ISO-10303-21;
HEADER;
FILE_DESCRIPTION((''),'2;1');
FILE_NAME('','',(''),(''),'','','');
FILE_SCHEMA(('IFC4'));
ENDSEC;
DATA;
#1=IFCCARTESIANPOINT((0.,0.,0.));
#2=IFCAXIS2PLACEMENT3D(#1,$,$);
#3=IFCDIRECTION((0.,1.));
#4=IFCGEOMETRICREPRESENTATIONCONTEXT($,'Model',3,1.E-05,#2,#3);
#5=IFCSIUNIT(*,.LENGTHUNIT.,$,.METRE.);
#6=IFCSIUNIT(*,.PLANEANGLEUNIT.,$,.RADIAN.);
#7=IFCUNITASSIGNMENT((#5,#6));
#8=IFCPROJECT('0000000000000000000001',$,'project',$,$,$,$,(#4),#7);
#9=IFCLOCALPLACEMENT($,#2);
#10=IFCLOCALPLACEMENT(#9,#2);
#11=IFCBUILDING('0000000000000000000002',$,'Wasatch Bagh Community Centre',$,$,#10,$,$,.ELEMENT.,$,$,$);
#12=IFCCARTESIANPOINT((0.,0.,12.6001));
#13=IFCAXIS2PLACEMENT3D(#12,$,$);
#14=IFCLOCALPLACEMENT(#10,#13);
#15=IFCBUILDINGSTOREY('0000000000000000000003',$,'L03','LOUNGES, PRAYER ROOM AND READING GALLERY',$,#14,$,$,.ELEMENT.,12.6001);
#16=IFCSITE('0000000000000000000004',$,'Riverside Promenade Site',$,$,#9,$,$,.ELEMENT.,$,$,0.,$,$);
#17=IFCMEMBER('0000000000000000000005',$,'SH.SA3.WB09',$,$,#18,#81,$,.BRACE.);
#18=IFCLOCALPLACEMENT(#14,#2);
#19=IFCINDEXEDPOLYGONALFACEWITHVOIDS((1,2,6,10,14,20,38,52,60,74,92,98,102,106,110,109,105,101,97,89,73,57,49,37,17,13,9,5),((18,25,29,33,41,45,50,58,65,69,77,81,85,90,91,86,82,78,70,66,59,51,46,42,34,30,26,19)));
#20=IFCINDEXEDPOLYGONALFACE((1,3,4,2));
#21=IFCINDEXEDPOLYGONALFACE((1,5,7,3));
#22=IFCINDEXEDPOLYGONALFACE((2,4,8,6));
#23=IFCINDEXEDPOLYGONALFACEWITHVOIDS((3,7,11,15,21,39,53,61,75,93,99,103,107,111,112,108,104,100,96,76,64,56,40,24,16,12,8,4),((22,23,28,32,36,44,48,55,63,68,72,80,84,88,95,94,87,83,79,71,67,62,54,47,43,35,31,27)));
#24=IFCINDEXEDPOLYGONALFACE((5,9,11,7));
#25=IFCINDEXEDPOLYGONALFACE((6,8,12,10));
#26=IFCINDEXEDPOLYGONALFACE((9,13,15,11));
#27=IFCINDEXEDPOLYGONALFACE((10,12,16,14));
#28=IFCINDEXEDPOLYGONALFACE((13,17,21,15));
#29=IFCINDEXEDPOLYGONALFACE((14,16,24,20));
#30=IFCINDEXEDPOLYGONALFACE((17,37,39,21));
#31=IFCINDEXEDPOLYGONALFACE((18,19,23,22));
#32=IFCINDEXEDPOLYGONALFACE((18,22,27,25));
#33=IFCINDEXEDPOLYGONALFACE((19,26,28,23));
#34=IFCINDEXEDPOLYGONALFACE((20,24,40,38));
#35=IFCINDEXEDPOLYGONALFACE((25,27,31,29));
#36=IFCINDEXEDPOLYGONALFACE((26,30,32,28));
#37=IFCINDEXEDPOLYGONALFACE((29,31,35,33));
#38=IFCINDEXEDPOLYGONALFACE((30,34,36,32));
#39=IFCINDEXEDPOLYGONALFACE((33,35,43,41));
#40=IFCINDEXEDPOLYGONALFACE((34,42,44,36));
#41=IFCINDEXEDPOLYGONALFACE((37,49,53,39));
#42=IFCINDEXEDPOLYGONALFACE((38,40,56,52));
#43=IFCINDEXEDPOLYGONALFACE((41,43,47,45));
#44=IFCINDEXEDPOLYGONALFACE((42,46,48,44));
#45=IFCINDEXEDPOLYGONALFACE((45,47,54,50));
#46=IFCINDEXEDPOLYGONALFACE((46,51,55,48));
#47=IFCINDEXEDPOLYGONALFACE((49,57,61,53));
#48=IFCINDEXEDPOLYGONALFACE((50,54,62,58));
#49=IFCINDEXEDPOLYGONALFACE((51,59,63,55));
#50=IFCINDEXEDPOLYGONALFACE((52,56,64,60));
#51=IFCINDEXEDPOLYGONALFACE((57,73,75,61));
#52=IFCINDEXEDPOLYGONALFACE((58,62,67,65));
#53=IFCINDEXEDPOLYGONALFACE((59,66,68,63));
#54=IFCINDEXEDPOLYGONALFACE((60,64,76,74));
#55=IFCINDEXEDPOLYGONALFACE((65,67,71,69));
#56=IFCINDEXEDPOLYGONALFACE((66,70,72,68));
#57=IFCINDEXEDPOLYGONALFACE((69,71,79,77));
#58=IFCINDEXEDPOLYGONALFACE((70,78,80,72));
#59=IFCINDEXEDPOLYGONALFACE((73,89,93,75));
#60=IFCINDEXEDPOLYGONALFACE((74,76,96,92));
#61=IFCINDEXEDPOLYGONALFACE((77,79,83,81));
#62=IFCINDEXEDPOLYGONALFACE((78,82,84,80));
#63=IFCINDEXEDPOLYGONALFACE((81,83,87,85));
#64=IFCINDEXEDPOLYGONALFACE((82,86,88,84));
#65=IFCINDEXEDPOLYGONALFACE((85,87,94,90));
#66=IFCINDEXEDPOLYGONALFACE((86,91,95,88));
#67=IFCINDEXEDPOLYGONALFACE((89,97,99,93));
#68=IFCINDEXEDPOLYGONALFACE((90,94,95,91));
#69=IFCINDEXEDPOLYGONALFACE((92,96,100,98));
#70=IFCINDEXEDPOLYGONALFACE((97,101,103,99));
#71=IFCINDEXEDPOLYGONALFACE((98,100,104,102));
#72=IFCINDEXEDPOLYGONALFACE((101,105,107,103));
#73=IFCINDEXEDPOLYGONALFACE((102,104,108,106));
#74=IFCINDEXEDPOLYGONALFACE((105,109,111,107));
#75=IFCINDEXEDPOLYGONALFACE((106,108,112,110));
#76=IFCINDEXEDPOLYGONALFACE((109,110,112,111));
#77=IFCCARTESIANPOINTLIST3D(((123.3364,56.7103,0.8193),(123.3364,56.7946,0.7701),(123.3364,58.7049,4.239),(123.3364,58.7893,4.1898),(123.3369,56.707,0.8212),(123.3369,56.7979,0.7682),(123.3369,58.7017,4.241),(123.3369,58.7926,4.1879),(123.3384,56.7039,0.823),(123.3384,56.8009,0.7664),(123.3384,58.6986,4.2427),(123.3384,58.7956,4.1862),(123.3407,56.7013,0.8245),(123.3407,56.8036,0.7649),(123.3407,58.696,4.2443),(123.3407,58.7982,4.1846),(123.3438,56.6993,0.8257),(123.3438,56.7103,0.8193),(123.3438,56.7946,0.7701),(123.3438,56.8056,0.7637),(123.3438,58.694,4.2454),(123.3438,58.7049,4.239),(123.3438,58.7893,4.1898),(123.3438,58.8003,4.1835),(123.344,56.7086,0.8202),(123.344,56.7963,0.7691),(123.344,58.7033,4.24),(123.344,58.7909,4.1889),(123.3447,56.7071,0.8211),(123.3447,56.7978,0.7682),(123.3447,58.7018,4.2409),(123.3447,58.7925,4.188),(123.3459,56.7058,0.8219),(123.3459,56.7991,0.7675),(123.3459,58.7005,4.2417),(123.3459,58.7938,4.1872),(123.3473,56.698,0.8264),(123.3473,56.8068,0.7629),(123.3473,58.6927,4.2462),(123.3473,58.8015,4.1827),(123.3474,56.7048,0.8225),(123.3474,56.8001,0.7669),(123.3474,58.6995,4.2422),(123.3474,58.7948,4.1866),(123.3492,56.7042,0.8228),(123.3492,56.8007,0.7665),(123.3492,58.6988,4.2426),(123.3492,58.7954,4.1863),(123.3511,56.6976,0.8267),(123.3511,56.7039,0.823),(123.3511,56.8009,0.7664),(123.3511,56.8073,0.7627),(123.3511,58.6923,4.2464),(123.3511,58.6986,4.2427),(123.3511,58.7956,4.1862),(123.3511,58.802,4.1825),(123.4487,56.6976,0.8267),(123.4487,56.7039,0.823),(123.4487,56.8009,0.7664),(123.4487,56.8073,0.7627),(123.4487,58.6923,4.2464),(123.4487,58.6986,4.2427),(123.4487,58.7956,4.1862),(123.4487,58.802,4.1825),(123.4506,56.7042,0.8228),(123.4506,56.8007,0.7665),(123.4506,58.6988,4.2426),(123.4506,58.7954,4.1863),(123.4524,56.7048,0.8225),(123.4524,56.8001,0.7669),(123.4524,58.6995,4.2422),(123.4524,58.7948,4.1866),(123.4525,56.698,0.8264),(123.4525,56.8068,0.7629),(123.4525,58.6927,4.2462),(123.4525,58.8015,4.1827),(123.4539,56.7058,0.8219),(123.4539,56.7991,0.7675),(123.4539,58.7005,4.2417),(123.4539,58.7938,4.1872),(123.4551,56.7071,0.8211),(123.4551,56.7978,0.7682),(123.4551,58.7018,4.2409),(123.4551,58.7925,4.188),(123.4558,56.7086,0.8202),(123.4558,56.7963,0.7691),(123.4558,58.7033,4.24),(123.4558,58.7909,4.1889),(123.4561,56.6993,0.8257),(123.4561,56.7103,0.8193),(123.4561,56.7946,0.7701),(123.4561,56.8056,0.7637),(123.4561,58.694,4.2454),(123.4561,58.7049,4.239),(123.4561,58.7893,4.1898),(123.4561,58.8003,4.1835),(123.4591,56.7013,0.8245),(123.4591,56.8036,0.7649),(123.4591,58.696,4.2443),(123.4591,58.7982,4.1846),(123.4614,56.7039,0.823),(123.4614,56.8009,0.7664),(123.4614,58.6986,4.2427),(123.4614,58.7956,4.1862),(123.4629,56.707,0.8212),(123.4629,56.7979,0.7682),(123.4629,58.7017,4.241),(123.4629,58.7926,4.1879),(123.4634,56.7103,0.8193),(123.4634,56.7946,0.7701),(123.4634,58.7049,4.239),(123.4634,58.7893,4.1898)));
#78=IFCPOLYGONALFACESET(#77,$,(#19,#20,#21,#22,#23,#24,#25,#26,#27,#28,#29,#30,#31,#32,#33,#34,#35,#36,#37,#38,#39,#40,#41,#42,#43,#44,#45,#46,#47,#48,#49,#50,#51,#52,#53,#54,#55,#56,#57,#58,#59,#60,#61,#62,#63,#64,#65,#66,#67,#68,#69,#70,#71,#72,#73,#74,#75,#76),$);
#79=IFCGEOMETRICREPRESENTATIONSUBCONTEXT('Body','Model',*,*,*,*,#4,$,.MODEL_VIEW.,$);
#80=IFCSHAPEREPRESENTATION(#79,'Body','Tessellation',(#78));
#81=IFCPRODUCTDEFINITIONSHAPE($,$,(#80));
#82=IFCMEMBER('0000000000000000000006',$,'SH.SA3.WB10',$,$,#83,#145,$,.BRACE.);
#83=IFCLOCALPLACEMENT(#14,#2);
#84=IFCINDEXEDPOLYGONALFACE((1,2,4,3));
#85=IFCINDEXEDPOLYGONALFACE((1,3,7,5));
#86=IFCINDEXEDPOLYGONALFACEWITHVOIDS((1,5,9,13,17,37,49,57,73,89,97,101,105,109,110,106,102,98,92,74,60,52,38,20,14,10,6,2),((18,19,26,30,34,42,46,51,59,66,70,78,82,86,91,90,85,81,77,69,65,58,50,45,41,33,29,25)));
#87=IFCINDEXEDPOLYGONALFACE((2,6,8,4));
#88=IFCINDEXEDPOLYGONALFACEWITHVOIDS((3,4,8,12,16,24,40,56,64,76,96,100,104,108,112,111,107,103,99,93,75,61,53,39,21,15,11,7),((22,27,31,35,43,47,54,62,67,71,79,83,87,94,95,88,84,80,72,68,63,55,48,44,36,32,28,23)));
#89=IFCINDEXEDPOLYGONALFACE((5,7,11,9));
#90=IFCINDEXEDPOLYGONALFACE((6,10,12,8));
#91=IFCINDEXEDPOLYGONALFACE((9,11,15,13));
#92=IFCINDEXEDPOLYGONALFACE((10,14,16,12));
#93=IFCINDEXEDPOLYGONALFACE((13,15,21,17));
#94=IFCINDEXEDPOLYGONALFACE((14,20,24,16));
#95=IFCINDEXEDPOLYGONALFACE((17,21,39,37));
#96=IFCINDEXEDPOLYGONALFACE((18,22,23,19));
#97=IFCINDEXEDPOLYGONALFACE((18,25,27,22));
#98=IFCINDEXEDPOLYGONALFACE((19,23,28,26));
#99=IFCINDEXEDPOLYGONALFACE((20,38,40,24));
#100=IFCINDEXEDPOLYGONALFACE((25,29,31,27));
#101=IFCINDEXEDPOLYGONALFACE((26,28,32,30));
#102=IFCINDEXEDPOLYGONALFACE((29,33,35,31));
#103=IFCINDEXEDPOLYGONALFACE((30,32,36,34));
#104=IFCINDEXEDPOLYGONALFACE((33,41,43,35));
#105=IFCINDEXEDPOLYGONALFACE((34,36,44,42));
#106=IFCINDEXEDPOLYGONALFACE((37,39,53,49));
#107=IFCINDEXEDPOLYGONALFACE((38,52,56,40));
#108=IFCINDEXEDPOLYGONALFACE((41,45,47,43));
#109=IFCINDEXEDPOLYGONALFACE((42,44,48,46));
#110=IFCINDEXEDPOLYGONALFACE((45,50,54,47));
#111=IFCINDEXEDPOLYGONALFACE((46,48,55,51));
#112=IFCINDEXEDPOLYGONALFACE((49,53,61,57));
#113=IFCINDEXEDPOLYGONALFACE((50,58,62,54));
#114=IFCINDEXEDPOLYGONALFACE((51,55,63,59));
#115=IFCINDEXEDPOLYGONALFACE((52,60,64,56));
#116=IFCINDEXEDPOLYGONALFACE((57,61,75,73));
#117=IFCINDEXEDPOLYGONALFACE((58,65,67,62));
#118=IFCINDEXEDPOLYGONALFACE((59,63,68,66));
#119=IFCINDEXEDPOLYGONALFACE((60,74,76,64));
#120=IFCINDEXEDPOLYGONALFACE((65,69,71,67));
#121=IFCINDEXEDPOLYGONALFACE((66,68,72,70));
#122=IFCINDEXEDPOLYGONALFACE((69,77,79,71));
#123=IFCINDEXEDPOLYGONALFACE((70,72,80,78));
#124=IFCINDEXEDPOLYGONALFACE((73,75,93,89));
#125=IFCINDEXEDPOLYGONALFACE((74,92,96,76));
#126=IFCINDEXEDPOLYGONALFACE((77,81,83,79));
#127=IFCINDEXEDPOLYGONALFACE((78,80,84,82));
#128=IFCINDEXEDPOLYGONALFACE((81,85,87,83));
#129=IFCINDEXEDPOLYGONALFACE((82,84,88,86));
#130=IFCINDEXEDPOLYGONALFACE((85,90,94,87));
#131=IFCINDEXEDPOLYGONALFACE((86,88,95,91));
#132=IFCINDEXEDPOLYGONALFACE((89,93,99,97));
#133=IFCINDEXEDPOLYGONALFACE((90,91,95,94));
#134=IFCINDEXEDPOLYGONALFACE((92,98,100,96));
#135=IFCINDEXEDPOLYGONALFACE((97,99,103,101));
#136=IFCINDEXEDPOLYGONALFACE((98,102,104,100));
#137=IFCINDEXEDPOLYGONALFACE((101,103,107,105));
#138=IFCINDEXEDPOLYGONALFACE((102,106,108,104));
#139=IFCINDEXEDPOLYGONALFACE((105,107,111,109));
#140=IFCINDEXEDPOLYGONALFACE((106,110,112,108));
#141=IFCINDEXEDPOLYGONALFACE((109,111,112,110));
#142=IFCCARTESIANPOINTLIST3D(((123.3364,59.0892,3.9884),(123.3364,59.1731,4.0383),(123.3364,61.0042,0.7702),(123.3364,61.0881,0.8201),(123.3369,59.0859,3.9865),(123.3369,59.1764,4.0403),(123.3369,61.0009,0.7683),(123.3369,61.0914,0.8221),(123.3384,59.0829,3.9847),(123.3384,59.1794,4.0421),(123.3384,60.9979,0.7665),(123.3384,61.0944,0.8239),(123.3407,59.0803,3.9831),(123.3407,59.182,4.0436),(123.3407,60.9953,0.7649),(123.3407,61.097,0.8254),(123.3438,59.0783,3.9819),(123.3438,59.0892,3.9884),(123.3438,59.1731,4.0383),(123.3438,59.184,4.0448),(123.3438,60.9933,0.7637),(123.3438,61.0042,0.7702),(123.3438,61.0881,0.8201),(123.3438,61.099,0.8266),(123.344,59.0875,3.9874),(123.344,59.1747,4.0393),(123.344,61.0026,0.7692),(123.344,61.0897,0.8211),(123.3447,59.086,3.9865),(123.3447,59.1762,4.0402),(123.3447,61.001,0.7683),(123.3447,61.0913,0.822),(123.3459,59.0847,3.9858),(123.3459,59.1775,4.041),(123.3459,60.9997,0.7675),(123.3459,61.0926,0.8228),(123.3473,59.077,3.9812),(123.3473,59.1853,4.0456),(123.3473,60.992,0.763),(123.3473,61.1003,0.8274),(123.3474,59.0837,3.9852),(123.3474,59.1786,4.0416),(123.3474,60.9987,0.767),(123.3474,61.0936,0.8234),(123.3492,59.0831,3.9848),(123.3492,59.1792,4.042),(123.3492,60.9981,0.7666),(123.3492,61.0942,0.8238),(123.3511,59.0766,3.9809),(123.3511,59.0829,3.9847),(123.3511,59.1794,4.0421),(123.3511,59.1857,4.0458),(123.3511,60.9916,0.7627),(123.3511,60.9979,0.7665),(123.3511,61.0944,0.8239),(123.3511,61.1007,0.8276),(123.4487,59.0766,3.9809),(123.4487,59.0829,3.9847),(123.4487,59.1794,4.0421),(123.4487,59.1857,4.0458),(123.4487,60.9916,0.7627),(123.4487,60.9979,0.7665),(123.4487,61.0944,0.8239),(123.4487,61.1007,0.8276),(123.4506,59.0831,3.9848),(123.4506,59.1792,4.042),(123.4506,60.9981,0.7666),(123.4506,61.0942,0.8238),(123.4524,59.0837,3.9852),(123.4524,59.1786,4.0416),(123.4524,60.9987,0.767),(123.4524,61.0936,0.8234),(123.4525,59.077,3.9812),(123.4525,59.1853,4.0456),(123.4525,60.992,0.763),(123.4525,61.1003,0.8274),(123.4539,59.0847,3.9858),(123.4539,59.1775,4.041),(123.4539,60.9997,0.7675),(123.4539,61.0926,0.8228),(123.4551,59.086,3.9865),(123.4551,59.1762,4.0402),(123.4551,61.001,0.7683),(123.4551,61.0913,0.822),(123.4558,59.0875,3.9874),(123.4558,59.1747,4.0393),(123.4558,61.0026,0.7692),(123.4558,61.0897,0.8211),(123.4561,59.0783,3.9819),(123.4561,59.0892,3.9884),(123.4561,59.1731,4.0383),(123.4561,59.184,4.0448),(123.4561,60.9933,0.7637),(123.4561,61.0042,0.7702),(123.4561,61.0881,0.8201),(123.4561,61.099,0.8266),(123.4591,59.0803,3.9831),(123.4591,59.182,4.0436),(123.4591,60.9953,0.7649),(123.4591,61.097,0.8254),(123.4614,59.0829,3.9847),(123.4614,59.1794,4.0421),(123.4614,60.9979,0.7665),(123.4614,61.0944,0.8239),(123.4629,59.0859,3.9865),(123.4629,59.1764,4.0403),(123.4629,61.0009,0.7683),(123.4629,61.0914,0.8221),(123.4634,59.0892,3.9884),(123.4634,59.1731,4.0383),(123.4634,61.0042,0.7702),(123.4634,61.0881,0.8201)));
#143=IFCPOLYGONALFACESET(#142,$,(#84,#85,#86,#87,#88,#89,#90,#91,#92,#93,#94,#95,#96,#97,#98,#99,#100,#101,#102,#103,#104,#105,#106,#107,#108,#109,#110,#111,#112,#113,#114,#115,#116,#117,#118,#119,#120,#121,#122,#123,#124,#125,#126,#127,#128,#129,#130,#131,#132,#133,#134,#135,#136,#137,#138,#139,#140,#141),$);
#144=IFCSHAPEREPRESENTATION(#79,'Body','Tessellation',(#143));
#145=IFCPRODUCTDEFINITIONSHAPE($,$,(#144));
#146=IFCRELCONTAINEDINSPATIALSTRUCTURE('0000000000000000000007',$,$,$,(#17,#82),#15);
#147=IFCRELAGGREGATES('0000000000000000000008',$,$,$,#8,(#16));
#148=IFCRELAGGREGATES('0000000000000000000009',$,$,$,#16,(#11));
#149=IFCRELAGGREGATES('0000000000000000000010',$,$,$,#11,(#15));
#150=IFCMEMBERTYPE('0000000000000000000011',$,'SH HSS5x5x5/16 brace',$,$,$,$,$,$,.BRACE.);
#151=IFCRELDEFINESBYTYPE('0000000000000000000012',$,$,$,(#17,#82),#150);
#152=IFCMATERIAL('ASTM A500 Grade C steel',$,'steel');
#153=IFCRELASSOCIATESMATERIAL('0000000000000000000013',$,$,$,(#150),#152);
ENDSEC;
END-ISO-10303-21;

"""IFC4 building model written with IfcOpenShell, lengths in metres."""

from ifc_helpers import new_model, si_unit, direction, frame, origin, origin_2d, place, context, subcontext, project, spatial, hollow_rectangle, extrude, material, material_profile, profile_set, type_object, element, save


model = new_model("IFC4")

# Units and contexts
model_context = context("Model", 3, precision=1e-05, world=origin(), true_north=direction((0.0, 1.0)))
body_context = subcontext(model_context, "Body", "Model", "MODEL_VIEW")
ifc_project = project(units=[si_unit("LENGTHUNIT", "METRE"), si_unit("PLANEANGLEUNIT", "RADIAN")], contexts=[model_context])

# Site, building, storey
site_placement = place(None, origin())
site = spatial("IfcSite", under=ifc_project, at=site_placement, Name="Riverside Promenade Site", CompositionType="ELEMENT", RefElevation=0.0)
building_placement = place(site_placement, origin())
building = spatial("IfcBuilding", under=site, at=building_placement, Name="Wasatch Bagh Community Centre", CompositionType="ELEMENT")
storey_placement = place(building_placement, frame((0.0, 0.0, 12.6001)))
storey = spatial("IfcBuildingStorey", under=building, at=storey_placement, Name="L03", Description="LOUNGES, PRAYER ROOM AND READING GALLERY", CompositionType="ELEMENT", Elevation=12.6001)

# Members
ifc_material_1 = material(Name="ASTM A500 Grade C steel", Category="steel")
ifc_material_profile_1 = material_profile(ifc_material_1, hollow_rectangle(XDim=0.127, YDim=0.127, WallThickness=0.0073, InnerFilletRadius=0.0073, OuterFilletRadius=0.0146, at=origin_2d()), Name="HSS5x5x5/16")
ifc_profile_set_1 = profile_set([ifc_material_profile_1], Name="ASTM A500 Grade C steel")
member_type_1 = type_object("IfcMemberType", Name="SH HSS5x5x5/16 brace", PredefinedType="BRACE", material=ifc_profile_set_1)
member_1_placement = place(storey_placement, frame((123.3999, 56.7524, 0.7947), z_axis=(0.0, 0.503837, 0.863799), x_axis=(-1.0, 0.0, 0.0)))
element("IfcMember", 1, at=member_1_placement, inside=storey, type_object=member_type_1, Name="SH.SA3.WB09", PredefinedType="BRACE", context=body_context, shape_type="SweptSolid", body=[
    extrude(hollow_rectangle(XDim=0.127, YDim=0.127, WallThickness=0.0073, InnerFilletRadius=0.0073, OuterFilletRadius=0.0146, at=origin_2d()), origin(), (0.0, 0.0, 1.0), 3.959),
])
member_2_placement = place(storey_placement, frame((123.3999, 61.0461, 0.7952), z_axis=(0.0, -0.511367, 0.859362), x_axis=(1.0, 0.0, 0.0)))
element("IfcMember", 2, at=member_2_placement, inside=storey, type_object=member_type_1, Name="SH.SA3.WB10", PredefinedType="BRACE", context=body_context, shape_type="SweptSolid", body=[
    extrude(hollow_rectangle(XDim=0.127, YDim=0.127, WallThickness=0.0073, InnerFilletRadius=0.0073, OuterFilletRadius=0.0146, at=origin_2d()), origin(), (0.0, 0.0, 1.0), 3.7449),
])

save(model, "model.ifc")
